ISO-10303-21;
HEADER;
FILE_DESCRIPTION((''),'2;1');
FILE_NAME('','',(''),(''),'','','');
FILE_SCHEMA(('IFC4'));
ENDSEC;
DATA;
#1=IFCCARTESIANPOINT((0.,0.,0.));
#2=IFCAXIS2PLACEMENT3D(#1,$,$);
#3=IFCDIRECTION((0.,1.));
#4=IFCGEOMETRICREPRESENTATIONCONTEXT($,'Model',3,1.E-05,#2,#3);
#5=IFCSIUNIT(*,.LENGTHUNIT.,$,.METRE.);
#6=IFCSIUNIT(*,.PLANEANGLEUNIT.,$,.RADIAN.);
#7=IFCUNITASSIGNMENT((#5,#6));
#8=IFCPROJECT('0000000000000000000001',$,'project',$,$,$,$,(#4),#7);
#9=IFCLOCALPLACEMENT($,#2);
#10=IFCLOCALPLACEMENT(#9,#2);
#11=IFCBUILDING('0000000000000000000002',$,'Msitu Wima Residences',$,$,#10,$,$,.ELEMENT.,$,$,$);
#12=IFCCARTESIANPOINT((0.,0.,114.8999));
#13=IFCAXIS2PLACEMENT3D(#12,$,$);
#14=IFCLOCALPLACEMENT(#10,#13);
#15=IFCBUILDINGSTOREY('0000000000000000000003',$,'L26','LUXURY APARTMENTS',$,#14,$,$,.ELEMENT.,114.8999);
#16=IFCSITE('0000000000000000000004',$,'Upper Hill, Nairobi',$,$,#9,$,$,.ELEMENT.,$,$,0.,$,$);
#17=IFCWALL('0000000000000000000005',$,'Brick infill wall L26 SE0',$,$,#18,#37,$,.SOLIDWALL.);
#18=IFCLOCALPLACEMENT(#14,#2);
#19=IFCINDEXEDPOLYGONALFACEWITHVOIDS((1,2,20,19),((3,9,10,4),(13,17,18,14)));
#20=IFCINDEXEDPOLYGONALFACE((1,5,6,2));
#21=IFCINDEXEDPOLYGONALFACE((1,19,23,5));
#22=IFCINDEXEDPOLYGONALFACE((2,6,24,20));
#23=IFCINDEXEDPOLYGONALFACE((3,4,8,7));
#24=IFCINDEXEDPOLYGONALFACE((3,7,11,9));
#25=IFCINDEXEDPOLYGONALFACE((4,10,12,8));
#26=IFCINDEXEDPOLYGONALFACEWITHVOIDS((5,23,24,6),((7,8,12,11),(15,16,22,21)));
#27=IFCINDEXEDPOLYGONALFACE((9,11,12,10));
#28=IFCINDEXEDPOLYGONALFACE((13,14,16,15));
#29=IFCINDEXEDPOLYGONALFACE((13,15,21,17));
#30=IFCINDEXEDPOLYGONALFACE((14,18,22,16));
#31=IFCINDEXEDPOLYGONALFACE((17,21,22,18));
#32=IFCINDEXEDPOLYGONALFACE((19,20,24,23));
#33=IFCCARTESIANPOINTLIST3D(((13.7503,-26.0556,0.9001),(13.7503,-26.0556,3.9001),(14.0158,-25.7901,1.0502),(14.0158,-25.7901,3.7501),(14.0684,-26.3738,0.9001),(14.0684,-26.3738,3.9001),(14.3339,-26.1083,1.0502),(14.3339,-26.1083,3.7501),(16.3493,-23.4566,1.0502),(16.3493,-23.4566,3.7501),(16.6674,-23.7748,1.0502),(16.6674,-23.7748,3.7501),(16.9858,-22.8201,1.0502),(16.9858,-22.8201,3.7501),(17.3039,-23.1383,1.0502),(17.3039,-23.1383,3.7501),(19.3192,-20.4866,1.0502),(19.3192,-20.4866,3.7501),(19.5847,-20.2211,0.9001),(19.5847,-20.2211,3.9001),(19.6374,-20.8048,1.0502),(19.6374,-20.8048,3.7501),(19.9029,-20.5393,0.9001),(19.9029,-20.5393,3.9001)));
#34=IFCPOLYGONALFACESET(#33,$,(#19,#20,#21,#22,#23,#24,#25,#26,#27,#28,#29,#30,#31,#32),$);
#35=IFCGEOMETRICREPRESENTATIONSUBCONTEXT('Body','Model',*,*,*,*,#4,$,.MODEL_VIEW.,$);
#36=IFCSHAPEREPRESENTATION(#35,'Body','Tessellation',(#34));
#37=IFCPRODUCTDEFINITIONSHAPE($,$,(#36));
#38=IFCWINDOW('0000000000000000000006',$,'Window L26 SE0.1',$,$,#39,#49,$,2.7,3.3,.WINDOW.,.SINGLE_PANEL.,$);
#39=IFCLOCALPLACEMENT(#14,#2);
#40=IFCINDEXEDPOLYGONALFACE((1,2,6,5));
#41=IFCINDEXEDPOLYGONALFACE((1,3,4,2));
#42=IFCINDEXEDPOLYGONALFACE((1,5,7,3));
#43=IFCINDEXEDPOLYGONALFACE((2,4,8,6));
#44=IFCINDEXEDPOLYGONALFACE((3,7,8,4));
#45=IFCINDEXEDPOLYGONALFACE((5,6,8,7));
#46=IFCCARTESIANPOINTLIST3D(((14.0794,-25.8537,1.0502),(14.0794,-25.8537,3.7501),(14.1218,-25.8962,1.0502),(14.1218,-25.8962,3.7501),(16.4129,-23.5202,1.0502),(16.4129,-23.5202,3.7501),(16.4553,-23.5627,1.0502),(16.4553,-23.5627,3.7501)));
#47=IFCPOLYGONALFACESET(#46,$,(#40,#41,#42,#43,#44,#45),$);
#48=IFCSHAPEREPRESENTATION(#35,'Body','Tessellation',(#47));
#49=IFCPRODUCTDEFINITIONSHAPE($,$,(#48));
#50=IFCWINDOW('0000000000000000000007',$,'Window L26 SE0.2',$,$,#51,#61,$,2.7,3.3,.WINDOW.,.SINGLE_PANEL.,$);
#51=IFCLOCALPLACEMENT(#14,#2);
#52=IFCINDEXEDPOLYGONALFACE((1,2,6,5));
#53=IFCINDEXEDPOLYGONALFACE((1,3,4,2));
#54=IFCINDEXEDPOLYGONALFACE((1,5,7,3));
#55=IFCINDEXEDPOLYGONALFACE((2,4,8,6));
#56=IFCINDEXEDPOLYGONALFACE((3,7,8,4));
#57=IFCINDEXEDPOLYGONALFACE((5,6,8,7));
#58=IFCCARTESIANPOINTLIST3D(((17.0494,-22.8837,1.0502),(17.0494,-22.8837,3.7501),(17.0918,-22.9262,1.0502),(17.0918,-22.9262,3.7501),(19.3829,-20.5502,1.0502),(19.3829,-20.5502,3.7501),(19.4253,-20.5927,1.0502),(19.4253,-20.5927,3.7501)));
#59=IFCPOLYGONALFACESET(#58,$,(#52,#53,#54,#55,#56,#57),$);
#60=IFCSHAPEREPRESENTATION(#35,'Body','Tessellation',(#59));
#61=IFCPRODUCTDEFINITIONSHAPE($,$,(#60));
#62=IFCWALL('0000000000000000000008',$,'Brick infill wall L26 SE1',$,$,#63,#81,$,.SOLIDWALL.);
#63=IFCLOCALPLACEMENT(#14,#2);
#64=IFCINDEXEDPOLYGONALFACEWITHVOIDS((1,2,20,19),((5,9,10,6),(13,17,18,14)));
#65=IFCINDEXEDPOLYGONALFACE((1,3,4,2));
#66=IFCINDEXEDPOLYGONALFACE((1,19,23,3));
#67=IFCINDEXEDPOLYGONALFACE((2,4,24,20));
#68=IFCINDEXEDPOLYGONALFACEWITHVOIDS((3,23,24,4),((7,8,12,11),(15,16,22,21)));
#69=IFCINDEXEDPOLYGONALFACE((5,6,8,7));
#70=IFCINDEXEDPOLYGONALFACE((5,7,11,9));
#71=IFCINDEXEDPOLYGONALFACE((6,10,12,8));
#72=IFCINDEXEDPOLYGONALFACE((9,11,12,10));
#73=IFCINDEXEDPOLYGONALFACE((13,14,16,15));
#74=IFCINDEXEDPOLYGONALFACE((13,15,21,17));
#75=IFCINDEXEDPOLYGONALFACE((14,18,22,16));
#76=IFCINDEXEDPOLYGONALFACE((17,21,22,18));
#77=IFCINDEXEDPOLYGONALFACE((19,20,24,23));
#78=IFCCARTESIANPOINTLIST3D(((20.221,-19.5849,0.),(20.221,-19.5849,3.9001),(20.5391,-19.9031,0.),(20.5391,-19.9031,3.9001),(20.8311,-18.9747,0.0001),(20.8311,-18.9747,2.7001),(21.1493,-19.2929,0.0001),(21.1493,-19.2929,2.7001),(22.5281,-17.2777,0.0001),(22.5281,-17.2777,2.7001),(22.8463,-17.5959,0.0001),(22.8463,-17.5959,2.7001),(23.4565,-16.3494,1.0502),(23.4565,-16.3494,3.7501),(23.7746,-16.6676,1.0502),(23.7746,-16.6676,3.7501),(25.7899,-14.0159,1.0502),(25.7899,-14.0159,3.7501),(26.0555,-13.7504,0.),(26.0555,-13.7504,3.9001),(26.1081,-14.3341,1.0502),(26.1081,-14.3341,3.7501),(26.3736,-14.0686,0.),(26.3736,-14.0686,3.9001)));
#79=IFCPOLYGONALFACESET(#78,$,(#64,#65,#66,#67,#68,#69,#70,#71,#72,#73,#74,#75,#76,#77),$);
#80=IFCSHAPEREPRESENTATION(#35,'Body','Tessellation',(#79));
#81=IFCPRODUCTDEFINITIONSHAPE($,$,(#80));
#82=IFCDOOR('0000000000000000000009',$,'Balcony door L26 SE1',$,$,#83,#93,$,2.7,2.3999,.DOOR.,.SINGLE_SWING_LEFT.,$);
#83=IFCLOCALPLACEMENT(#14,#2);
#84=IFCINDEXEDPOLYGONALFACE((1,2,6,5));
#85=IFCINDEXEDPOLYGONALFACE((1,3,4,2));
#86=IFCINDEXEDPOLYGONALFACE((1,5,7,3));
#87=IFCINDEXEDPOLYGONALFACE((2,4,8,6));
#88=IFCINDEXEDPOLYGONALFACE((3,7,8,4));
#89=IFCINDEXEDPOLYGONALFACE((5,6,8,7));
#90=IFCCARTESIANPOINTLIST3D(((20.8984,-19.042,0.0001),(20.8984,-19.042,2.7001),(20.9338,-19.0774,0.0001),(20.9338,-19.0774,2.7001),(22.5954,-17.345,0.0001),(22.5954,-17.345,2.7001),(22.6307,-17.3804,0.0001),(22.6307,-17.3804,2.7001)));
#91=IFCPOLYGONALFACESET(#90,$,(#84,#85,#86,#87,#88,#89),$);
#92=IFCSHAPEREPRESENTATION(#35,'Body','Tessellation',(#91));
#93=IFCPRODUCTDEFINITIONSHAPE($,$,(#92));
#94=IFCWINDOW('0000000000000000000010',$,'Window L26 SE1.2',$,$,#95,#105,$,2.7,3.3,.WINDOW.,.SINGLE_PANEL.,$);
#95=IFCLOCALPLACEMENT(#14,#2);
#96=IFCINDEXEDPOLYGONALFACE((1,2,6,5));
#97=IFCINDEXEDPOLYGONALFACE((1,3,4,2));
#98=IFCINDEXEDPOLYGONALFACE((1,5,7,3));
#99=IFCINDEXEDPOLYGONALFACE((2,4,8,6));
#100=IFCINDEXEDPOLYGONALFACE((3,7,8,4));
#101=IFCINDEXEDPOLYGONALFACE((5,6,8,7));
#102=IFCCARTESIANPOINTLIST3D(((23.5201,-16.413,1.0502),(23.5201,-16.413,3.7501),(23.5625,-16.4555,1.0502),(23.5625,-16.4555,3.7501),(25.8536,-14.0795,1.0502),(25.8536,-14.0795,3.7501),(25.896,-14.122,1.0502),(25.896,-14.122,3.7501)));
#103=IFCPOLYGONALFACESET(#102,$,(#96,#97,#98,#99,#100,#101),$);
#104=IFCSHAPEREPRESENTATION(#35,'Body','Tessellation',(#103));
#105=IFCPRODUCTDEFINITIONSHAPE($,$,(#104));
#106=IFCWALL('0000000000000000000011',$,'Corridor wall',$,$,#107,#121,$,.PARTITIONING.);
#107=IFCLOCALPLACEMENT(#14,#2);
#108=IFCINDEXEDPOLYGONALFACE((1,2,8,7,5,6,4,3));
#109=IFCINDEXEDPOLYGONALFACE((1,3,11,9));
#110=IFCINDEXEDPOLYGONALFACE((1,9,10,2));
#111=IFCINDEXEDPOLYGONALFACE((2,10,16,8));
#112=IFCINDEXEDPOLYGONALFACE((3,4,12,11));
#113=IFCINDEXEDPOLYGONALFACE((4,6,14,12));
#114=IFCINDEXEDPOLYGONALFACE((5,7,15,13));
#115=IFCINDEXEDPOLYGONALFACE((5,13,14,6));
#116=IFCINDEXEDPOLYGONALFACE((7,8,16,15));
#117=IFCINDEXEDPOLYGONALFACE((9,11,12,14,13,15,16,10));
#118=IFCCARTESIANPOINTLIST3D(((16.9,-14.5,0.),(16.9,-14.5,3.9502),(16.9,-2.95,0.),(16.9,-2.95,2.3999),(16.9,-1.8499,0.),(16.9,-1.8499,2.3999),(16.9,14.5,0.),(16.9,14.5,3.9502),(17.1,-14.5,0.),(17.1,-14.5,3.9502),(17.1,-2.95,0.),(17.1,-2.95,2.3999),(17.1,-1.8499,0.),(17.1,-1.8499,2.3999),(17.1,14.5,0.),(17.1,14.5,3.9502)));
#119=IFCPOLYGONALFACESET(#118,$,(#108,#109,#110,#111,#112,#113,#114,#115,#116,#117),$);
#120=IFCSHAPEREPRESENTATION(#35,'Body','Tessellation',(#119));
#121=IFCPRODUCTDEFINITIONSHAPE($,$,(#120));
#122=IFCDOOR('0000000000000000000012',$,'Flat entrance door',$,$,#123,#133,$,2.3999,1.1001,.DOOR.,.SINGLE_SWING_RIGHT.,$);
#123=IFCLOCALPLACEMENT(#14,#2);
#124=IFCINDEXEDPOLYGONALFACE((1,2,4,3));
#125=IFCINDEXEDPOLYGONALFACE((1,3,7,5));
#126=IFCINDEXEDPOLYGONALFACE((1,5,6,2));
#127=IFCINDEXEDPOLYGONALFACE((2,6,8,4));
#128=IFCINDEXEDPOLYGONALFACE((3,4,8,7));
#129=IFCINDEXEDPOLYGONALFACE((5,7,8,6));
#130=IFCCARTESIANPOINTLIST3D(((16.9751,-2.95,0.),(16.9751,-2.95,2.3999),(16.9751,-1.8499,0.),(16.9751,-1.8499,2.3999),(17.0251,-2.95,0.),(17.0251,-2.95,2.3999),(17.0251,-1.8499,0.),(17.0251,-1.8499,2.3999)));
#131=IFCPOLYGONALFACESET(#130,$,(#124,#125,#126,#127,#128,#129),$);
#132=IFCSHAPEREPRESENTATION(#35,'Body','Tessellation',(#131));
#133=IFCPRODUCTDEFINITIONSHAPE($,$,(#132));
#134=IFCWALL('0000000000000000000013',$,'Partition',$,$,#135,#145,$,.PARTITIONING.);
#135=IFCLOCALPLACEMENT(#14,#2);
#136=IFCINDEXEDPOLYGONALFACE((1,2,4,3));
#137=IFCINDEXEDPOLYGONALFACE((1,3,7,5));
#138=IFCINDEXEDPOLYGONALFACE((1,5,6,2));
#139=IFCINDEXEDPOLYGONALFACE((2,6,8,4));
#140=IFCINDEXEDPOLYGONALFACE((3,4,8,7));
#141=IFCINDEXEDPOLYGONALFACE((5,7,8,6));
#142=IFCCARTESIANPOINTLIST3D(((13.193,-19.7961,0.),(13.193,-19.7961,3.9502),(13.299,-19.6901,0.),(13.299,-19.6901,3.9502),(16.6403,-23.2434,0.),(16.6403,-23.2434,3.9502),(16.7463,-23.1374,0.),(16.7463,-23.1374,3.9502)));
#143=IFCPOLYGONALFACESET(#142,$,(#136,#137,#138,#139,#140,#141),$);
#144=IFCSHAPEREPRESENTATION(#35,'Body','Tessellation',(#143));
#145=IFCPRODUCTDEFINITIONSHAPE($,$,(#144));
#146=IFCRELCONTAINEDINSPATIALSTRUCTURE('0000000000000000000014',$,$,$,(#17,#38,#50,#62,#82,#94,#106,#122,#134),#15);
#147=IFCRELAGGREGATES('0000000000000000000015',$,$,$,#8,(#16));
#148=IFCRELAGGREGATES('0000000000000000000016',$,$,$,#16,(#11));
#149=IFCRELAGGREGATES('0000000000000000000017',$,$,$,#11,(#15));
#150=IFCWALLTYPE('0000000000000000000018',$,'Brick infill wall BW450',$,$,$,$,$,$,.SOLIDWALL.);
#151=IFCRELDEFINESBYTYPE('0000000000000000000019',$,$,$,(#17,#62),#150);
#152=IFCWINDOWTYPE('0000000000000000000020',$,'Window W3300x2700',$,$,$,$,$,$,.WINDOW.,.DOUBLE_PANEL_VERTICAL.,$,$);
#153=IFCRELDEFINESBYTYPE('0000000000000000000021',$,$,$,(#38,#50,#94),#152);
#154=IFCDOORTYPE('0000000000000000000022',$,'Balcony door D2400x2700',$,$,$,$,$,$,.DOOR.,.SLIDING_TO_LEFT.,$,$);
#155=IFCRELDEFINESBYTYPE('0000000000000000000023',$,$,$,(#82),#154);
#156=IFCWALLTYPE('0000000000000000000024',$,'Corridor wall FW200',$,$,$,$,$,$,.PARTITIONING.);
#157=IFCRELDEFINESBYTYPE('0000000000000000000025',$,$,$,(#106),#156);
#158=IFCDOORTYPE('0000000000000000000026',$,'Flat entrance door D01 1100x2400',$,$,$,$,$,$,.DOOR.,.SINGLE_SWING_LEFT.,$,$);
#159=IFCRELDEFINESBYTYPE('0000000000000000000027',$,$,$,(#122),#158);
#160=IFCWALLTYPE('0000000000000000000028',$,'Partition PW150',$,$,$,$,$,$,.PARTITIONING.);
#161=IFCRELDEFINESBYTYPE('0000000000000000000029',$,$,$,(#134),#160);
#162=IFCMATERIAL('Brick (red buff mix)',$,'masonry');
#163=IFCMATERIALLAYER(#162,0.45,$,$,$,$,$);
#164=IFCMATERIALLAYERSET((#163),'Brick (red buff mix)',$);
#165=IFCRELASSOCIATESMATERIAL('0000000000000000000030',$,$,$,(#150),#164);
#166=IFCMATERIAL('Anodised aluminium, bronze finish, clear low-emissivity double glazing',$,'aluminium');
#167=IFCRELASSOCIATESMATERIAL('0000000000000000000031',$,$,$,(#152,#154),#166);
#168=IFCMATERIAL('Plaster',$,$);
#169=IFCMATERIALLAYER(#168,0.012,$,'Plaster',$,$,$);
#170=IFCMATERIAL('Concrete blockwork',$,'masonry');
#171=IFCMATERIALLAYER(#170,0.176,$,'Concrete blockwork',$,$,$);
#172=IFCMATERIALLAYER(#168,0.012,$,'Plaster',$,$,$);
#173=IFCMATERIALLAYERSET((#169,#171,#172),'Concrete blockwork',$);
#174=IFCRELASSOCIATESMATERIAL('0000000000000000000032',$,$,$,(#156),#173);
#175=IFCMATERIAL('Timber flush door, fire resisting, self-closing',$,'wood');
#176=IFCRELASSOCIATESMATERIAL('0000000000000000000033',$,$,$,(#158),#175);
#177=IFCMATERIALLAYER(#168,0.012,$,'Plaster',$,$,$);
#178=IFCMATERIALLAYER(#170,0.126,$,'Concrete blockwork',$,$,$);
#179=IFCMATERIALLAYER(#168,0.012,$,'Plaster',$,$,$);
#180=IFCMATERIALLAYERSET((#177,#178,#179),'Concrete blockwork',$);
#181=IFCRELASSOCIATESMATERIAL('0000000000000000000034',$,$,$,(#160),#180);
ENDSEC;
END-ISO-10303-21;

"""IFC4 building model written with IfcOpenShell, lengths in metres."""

from ifc_helpers import new_model, si_unit, direction, frame, frame_2d, origin, place, context, subcontext, project, spatial, rectangle, extrude, material, layer, layer_set, type_object, element, fill, save


model = new_model("IFC4")

# Units and contexts
model_context = context("Model", 3, precision=1e-05, world=origin(), true_north=direction((0.0, 1.0)))
body_context = subcontext(model_context, "Body", "Model", "MODEL_VIEW")
ifc_project = project(units=[si_unit("LENGTHUNIT", "METRE"), si_unit("PLANEANGLEUNIT", "RADIAN")], contexts=[model_context])

# Site, building, storey
site_placement = place(None, origin())
site = spatial("IfcSite", under=ifc_project, at=site_placement, Name="Upper Hill, Nairobi", CompositionType="ELEMENT", RefElevation=0.0)
building_placement = place(site_placement, origin())
building = spatial("IfcBuilding", under=site, at=building_placement, Name="Msitu Wima Residences", CompositionType="ELEMENT")
storey_placement = place(building_placement, frame((0.0, 0.0, 114.8999)))
storey = spatial("IfcBuildingStorey", under=building, at=storey_placement, Name="L26", Description="LUXURY APARTMENTS", CompositionType="ELEMENT", Elevation=114.8999)

# Wall, openings, windows
ifc_material_1 = material(Name="Brick (red buff mix)", Category="masonry")
ifc_layer_1 = layer(ifc_material_1, 0.45)
ifc_layer_set_1 = layer_set([ifc_layer_1], Name="Brick (red buff mix)")
wall_type_1 = type_object("IfcWallType", Name="Brick infill wall BW450", PredefinedType="SOLIDWALL", material=ifc_layer_set_1)
wall_1_placement = place(storey_placement, frame((13.9094, -26.2146, 0.9001), z_axis=(0.0, 0.0, 1.0), x_axis=(0.707107, 0.707107, 0.0)))
wall_1 = element("IfcWall", 1, at=wall_1_placement, inside=storey, type_object=wall_type_1, Name="Brick infill wall L26 SE0", PredefinedType="SOLIDWALL", context=body_context, shape_type="SweptSolid", body=[
    extrude(rectangle(XDim=8.2512, YDim=0.45, at=frame_2d((4.1255, 0.0))), origin(), (0.0, 0.0, 1.0), 3.0),
])
opening_1_placement = place(wall_1_placement, frame((0.3755, 0.0, 0.1499)))
opening_1 = element("IfcOpeningElement", 2, at=opening_1_placement, cuts=wall_1, PredefinedType="OPENING", context=body_context, shape_type="SweptSolid", body=[
    extrude(rectangle(XDim=3.3, YDim=2.7, at=frame_2d((1.6499, 1.3501))), frame((0.0, 0.2349, 0.0), z_axis=(0.0, -1.0, 0.0), x_axis=(1.0, 0.0, 0.0)), (0.0, 0.0, 1.0), 0.47),
])
opening_2_placement = place(wall_1_placement, frame((4.5757, 0.0, 0.1499)))
opening_2 = element("IfcOpeningElement", 3, at=opening_2_placement, cuts=wall_1, PredefinedType="OPENING", context=body_context, shape_type="SweptSolid", body=[
    extrude(rectangle(XDim=3.3, YDim=2.7, at=frame_2d((1.6499, 1.3501))), frame((0.0, 0.2349, 0.0), z_axis=(0.0, -1.0, 0.0), x_axis=(1.0, 0.0, 0.0)), (0.0, 0.0, 1.0), 0.47),
])
ifc_material_2 = material(Name="Anodised aluminium, bronze finish, clear low-emissivity double glazing", Category="aluminium")
window_type = type_object("IfcWindowType", Name="Window W3300x2700", PartitioningType="DOUBLE_PANEL_VERTICAL", PredefinedType="WINDOW", material=ifc_material_2)
window_1_placement = place(opening_1_placement, origin())
window_1 = element("IfcWindow", 4, at=window_1_placement, inside=storey, type_object=window_type, Name="Window L26 SE0.1", OverallHeight=2.7, OverallWidth=3.3, PartitioningType="SINGLE_PANEL", PredefinedType="WINDOW", context=body_context, shape_type="SweptSolid", body=[
    extrude(rectangle(XDim=3.3, YDim=2.7, at=frame_2d((1.6499, 1.3501))), frame((0.0, 0.135, 0.0), z_axis=(0.0, -1.0, 0.0), x_axis=(1.0, 0.0, 0.0)), (0.0, 0.0, 1.0), 0.0601),
])
fill(opening_1, window_1)
window_2_placement = place(opening_2_placement, origin())
window_2 = element("IfcWindow", 5, at=window_2_placement, inside=storey, type_object=window_type, Name="Window L26 SE0.2", OverallHeight=2.7, OverallWidth=3.3, PartitioningType="SINGLE_PANEL", PredefinedType="WINDOW", context=body_context, shape_type="SweptSolid", body=[
    extrude(rectangle(XDim=3.3, YDim=2.7, at=frame_2d((1.6499, 1.3501))), frame((0.0, 0.135, 0.0), z_axis=(0.0, -1.0, 0.0), x_axis=(1.0, 0.0, 0.0)), (0.0, 0.0, 1.0), 0.0601),
])
fill(opening_2, window_2)

# Wall, openings, door, window
wall_2_placement = place(storey_placement, frame((20.3801, -19.7439, 0.0), z_axis=(0.0, 0.0, 1.0), x_axis=(0.707107, 0.707107, 0.0)))
wall_2 = element("IfcWall", 6, at=wall_2_placement, inside=storey, type_object=wall_type_1, Name="Brick infill wall L26 SE1", PredefinedType="SOLIDWALL", context=body_context, shape_type="SweptSolid", body=[
    extrude(rectangle(XDim=8.2512, YDim=0.45, at=frame_2d((4.1255, 0.0))), origin(), (0.0, 0.0, 1.0), 3.9001),
])
opening_3_placement = place(wall_2_placement, frame((0.8628, 0.0, 0.0)))
opening_3 = element("IfcOpeningElement", 7, at=opening_3_placement, cuts=wall_2, PredefinedType="OPENING", context=body_context, shape_type="SweptSolid", body=[
    extrude(rectangle(XDim=2.3999, YDim=2.7, at=frame_2d((1.2, 1.3501))), frame((0.0, 0.2349, 0.0), z_axis=(0.0, -1.0, 0.0), x_axis=(1.0, 0.0, 0.0)), (0.0, 0.0, 1.0), 0.47),
])
opening_4_placement = place(wall_2_placement, frame((4.5757, 0.0, 1.05)))
opening_4 = element("IfcOpeningElement", 8, at=opening_4_placement, cuts=wall_2, PredefinedType="OPENING", context=body_context, shape_type="SweptSolid", body=[
    extrude(rectangle(XDim=3.3, YDim=2.7, at=frame_2d((1.6499, 1.3501))), frame((0.0, 0.2349, 0.0), z_axis=(0.0, -1.0, 0.0), x_axis=(1.0, 0.0, 0.0)), (0.0, 0.0, 1.0), 0.47),
])
door_type_1 = type_object("IfcDoorType", Name="Balcony door D2400x2700", OperationType="SLIDING_TO_LEFT", PredefinedType="DOOR", material=ifc_material_2)
door_1_placement = place(opening_3_placement, origin())
door_1 = element("IfcDoor", 9, at=door_1_placement, inside=storey, type_object=door_type_1, Name="Balcony door L26 SE1", OperationType="SINGLE_SWING_LEFT", OverallHeight=2.7, OverallWidth=2.3999, PredefinedType="DOOR", context=body_context, shape_type="SweptSolid", body=[
    extrude(rectangle(XDim=2.3999, YDim=2.7, at=frame_2d((1.2, 1.3501))), frame((0.0, 0.1299, 0.0), z_axis=(0.0, -1.0, 0.0), x_axis=(1.0, 0.0, 0.0)), (0.0, 0.0, 1.0), 0.05),
])
fill(opening_3, door_1)
window_3_placement = place(opening_4_placement, origin())
window_3 = element("IfcWindow", 10, at=window_3_placement, inside=storey, type_object=window_type, Name="Window L26 SE1.2", OverallHeight=2.7, OverallWidth=3.3, PartitioningType="SINGLE_PANEL", PredefinedType="WINDOW", context=body_context, shape_type="SweptSolid", body=[
    extrude(rectangle(XDim=3.3, YDim=2.7, at=frame_2d((1.6499, 1.3501))), frame((0.0, 0.135, 0.0), z_axis=(0.0, -1.0, 0.0), x_axis=(1.0, 0.0, 0.0)), (0.0, 0.0, 1.0), 0.0601),
])
fill(opening_4, window_3)

# Wall, opening, door
ifc_material_3 = material(Name="Plaster")
ifc_layer_2 = layer(ifc_material_3, 0.012, Name="Plaster")
ifc_material_4 = material(Name="Concrete blockwork", Category="masonry")
ifc_layer_3 = layer(ifc_material_4, 0.176, Name="Concrete blockwork")
ifc_layer_4 = layer(ifc_material_3, 0.012, Name="Plaster")
ifc_layer_set_2 = layer_set([ifc_layer_2, ifc_layer_3, ifc_layer_4], Name="Concrete blockwork")
wall_type_2 = type_object("IfcWallType", Name="Corridor wall FW200", PredefinedType="PARTITIONING", material=ifc_layer_set_2)
wall_3_placement = place(storey_placement, frame((17.0, -14.5, 0.0), z_axis=(0.0, 0.0, 1.0), x_axis=(0.0, 1.0, 0.0)))
wall_3 = element("IfcWall", 11, at=wall_3_placement, inside=storey, type_object=wall_type_2, Name="Corridor wall", PredefinedType="PARTITIONING", context=body_context, shape_type="SweptSolid", body=[
    extrude(rectangle(XDim=29.0, YDim=0.2, at=frame_2d((14.5, 0.0))), origin(), (0.0, 0.0, 1.0), 3.9502),
])
opening_5_placement = place(wall_3_placement, frame((11.55, 0.0, 0.0)))
opening_5 = element("IfcOpeningElement", 12, at=opening_5_placement, cuts=wall_3, PredefinedType="OPENING", context=body_context, shape_type="SweptSolid", body=[
    extrude(rectangle(XDim=1.1001, YDim=2.3999, at=frame_2d((0.55, 1.2))), frame((0.0, 0.1099, 0.0), z_axis=(0.0, -1.0, 0.0), x_axis=(1.0, 0.0, 0.0)), (0.0, 0.0, 1.0), 0.22),
])
ifc_material_5 = material(Name="Timber flush door, fire resisting, self-closing", Category="wood")
door_type_2 = type_object("IfcDoorType", Name="Flat entrance door D01 1100x2400", OperationType="SINGLE_SWING_LEFT", PredefinedType="DOOR", material=ifc_material_5)
door_2_placement = place(opening_5_placement, origin())
door_2 = element("IfcDoor", 13, at=door_2_placement, inside=storey, type_object=door_type_2, Name="Flat entrance door", OperationType="SINGLE_SWING_RIGHT", OverallHeight=2.3999, OverallWidth=1.1001, PredefinedType="DOOR", context=body_context, shape_type="SweptSolid", body=[
    extrude(rectangle(XDim=1.1001, YDim=2.3999, at=frame_2d((0.55, 1.2))), frame((0.0, 0.0249, 0.0), z_axis=(0.0, -1.0, 0.0), x_axis=(1.0, 0.0, 0.0)), (0.0, 0.0, 1.0), 0.05),
])
fill(opening_5, door_2)

# Wall
ifc_layer_5 = layer(ifc_material_3, 0.012, Name="Plaster")
ifc_layer_6 = layer(ifc_material_4, 0.126, Name="Concrete blockwork")
ifc_layer_7 = layer(ifc_material_3, 0.012, Name="Plaster")
ifc_layer_set_3 = layer_set([ifc_layer_5, ifc_layer_6, ifc_layer_7], Name="Concrete blockwork")
wall_type_3 = type_object("IfcWallType", Name="Partition PW150", PredefinedType="PARTITIONING", material=ifc_layer_set_3)
wall_4_placement = place(storey_placement, frame((13.2461, -19.7432, 0.0), z_axis=(0.0, 0.0, 1.0), x_axis=(0.707107, -0.707107, 0.0)))
element("IfcWall", 14, at=wall_4_placement, inside=storey, type_object=wall_type_3, Name="Partition", PredefinedType="PARTITIONING", context=body_context, shape_type="SweptSolid", body=[
    extrude(rectangle(XDim=4.8752, YDim=0.1499, at=frame_2d((2.4375, 0.0))), origin(), (0.0, 0.0, 1.0), 3.9502),
])

save(model, "model.ifc")
